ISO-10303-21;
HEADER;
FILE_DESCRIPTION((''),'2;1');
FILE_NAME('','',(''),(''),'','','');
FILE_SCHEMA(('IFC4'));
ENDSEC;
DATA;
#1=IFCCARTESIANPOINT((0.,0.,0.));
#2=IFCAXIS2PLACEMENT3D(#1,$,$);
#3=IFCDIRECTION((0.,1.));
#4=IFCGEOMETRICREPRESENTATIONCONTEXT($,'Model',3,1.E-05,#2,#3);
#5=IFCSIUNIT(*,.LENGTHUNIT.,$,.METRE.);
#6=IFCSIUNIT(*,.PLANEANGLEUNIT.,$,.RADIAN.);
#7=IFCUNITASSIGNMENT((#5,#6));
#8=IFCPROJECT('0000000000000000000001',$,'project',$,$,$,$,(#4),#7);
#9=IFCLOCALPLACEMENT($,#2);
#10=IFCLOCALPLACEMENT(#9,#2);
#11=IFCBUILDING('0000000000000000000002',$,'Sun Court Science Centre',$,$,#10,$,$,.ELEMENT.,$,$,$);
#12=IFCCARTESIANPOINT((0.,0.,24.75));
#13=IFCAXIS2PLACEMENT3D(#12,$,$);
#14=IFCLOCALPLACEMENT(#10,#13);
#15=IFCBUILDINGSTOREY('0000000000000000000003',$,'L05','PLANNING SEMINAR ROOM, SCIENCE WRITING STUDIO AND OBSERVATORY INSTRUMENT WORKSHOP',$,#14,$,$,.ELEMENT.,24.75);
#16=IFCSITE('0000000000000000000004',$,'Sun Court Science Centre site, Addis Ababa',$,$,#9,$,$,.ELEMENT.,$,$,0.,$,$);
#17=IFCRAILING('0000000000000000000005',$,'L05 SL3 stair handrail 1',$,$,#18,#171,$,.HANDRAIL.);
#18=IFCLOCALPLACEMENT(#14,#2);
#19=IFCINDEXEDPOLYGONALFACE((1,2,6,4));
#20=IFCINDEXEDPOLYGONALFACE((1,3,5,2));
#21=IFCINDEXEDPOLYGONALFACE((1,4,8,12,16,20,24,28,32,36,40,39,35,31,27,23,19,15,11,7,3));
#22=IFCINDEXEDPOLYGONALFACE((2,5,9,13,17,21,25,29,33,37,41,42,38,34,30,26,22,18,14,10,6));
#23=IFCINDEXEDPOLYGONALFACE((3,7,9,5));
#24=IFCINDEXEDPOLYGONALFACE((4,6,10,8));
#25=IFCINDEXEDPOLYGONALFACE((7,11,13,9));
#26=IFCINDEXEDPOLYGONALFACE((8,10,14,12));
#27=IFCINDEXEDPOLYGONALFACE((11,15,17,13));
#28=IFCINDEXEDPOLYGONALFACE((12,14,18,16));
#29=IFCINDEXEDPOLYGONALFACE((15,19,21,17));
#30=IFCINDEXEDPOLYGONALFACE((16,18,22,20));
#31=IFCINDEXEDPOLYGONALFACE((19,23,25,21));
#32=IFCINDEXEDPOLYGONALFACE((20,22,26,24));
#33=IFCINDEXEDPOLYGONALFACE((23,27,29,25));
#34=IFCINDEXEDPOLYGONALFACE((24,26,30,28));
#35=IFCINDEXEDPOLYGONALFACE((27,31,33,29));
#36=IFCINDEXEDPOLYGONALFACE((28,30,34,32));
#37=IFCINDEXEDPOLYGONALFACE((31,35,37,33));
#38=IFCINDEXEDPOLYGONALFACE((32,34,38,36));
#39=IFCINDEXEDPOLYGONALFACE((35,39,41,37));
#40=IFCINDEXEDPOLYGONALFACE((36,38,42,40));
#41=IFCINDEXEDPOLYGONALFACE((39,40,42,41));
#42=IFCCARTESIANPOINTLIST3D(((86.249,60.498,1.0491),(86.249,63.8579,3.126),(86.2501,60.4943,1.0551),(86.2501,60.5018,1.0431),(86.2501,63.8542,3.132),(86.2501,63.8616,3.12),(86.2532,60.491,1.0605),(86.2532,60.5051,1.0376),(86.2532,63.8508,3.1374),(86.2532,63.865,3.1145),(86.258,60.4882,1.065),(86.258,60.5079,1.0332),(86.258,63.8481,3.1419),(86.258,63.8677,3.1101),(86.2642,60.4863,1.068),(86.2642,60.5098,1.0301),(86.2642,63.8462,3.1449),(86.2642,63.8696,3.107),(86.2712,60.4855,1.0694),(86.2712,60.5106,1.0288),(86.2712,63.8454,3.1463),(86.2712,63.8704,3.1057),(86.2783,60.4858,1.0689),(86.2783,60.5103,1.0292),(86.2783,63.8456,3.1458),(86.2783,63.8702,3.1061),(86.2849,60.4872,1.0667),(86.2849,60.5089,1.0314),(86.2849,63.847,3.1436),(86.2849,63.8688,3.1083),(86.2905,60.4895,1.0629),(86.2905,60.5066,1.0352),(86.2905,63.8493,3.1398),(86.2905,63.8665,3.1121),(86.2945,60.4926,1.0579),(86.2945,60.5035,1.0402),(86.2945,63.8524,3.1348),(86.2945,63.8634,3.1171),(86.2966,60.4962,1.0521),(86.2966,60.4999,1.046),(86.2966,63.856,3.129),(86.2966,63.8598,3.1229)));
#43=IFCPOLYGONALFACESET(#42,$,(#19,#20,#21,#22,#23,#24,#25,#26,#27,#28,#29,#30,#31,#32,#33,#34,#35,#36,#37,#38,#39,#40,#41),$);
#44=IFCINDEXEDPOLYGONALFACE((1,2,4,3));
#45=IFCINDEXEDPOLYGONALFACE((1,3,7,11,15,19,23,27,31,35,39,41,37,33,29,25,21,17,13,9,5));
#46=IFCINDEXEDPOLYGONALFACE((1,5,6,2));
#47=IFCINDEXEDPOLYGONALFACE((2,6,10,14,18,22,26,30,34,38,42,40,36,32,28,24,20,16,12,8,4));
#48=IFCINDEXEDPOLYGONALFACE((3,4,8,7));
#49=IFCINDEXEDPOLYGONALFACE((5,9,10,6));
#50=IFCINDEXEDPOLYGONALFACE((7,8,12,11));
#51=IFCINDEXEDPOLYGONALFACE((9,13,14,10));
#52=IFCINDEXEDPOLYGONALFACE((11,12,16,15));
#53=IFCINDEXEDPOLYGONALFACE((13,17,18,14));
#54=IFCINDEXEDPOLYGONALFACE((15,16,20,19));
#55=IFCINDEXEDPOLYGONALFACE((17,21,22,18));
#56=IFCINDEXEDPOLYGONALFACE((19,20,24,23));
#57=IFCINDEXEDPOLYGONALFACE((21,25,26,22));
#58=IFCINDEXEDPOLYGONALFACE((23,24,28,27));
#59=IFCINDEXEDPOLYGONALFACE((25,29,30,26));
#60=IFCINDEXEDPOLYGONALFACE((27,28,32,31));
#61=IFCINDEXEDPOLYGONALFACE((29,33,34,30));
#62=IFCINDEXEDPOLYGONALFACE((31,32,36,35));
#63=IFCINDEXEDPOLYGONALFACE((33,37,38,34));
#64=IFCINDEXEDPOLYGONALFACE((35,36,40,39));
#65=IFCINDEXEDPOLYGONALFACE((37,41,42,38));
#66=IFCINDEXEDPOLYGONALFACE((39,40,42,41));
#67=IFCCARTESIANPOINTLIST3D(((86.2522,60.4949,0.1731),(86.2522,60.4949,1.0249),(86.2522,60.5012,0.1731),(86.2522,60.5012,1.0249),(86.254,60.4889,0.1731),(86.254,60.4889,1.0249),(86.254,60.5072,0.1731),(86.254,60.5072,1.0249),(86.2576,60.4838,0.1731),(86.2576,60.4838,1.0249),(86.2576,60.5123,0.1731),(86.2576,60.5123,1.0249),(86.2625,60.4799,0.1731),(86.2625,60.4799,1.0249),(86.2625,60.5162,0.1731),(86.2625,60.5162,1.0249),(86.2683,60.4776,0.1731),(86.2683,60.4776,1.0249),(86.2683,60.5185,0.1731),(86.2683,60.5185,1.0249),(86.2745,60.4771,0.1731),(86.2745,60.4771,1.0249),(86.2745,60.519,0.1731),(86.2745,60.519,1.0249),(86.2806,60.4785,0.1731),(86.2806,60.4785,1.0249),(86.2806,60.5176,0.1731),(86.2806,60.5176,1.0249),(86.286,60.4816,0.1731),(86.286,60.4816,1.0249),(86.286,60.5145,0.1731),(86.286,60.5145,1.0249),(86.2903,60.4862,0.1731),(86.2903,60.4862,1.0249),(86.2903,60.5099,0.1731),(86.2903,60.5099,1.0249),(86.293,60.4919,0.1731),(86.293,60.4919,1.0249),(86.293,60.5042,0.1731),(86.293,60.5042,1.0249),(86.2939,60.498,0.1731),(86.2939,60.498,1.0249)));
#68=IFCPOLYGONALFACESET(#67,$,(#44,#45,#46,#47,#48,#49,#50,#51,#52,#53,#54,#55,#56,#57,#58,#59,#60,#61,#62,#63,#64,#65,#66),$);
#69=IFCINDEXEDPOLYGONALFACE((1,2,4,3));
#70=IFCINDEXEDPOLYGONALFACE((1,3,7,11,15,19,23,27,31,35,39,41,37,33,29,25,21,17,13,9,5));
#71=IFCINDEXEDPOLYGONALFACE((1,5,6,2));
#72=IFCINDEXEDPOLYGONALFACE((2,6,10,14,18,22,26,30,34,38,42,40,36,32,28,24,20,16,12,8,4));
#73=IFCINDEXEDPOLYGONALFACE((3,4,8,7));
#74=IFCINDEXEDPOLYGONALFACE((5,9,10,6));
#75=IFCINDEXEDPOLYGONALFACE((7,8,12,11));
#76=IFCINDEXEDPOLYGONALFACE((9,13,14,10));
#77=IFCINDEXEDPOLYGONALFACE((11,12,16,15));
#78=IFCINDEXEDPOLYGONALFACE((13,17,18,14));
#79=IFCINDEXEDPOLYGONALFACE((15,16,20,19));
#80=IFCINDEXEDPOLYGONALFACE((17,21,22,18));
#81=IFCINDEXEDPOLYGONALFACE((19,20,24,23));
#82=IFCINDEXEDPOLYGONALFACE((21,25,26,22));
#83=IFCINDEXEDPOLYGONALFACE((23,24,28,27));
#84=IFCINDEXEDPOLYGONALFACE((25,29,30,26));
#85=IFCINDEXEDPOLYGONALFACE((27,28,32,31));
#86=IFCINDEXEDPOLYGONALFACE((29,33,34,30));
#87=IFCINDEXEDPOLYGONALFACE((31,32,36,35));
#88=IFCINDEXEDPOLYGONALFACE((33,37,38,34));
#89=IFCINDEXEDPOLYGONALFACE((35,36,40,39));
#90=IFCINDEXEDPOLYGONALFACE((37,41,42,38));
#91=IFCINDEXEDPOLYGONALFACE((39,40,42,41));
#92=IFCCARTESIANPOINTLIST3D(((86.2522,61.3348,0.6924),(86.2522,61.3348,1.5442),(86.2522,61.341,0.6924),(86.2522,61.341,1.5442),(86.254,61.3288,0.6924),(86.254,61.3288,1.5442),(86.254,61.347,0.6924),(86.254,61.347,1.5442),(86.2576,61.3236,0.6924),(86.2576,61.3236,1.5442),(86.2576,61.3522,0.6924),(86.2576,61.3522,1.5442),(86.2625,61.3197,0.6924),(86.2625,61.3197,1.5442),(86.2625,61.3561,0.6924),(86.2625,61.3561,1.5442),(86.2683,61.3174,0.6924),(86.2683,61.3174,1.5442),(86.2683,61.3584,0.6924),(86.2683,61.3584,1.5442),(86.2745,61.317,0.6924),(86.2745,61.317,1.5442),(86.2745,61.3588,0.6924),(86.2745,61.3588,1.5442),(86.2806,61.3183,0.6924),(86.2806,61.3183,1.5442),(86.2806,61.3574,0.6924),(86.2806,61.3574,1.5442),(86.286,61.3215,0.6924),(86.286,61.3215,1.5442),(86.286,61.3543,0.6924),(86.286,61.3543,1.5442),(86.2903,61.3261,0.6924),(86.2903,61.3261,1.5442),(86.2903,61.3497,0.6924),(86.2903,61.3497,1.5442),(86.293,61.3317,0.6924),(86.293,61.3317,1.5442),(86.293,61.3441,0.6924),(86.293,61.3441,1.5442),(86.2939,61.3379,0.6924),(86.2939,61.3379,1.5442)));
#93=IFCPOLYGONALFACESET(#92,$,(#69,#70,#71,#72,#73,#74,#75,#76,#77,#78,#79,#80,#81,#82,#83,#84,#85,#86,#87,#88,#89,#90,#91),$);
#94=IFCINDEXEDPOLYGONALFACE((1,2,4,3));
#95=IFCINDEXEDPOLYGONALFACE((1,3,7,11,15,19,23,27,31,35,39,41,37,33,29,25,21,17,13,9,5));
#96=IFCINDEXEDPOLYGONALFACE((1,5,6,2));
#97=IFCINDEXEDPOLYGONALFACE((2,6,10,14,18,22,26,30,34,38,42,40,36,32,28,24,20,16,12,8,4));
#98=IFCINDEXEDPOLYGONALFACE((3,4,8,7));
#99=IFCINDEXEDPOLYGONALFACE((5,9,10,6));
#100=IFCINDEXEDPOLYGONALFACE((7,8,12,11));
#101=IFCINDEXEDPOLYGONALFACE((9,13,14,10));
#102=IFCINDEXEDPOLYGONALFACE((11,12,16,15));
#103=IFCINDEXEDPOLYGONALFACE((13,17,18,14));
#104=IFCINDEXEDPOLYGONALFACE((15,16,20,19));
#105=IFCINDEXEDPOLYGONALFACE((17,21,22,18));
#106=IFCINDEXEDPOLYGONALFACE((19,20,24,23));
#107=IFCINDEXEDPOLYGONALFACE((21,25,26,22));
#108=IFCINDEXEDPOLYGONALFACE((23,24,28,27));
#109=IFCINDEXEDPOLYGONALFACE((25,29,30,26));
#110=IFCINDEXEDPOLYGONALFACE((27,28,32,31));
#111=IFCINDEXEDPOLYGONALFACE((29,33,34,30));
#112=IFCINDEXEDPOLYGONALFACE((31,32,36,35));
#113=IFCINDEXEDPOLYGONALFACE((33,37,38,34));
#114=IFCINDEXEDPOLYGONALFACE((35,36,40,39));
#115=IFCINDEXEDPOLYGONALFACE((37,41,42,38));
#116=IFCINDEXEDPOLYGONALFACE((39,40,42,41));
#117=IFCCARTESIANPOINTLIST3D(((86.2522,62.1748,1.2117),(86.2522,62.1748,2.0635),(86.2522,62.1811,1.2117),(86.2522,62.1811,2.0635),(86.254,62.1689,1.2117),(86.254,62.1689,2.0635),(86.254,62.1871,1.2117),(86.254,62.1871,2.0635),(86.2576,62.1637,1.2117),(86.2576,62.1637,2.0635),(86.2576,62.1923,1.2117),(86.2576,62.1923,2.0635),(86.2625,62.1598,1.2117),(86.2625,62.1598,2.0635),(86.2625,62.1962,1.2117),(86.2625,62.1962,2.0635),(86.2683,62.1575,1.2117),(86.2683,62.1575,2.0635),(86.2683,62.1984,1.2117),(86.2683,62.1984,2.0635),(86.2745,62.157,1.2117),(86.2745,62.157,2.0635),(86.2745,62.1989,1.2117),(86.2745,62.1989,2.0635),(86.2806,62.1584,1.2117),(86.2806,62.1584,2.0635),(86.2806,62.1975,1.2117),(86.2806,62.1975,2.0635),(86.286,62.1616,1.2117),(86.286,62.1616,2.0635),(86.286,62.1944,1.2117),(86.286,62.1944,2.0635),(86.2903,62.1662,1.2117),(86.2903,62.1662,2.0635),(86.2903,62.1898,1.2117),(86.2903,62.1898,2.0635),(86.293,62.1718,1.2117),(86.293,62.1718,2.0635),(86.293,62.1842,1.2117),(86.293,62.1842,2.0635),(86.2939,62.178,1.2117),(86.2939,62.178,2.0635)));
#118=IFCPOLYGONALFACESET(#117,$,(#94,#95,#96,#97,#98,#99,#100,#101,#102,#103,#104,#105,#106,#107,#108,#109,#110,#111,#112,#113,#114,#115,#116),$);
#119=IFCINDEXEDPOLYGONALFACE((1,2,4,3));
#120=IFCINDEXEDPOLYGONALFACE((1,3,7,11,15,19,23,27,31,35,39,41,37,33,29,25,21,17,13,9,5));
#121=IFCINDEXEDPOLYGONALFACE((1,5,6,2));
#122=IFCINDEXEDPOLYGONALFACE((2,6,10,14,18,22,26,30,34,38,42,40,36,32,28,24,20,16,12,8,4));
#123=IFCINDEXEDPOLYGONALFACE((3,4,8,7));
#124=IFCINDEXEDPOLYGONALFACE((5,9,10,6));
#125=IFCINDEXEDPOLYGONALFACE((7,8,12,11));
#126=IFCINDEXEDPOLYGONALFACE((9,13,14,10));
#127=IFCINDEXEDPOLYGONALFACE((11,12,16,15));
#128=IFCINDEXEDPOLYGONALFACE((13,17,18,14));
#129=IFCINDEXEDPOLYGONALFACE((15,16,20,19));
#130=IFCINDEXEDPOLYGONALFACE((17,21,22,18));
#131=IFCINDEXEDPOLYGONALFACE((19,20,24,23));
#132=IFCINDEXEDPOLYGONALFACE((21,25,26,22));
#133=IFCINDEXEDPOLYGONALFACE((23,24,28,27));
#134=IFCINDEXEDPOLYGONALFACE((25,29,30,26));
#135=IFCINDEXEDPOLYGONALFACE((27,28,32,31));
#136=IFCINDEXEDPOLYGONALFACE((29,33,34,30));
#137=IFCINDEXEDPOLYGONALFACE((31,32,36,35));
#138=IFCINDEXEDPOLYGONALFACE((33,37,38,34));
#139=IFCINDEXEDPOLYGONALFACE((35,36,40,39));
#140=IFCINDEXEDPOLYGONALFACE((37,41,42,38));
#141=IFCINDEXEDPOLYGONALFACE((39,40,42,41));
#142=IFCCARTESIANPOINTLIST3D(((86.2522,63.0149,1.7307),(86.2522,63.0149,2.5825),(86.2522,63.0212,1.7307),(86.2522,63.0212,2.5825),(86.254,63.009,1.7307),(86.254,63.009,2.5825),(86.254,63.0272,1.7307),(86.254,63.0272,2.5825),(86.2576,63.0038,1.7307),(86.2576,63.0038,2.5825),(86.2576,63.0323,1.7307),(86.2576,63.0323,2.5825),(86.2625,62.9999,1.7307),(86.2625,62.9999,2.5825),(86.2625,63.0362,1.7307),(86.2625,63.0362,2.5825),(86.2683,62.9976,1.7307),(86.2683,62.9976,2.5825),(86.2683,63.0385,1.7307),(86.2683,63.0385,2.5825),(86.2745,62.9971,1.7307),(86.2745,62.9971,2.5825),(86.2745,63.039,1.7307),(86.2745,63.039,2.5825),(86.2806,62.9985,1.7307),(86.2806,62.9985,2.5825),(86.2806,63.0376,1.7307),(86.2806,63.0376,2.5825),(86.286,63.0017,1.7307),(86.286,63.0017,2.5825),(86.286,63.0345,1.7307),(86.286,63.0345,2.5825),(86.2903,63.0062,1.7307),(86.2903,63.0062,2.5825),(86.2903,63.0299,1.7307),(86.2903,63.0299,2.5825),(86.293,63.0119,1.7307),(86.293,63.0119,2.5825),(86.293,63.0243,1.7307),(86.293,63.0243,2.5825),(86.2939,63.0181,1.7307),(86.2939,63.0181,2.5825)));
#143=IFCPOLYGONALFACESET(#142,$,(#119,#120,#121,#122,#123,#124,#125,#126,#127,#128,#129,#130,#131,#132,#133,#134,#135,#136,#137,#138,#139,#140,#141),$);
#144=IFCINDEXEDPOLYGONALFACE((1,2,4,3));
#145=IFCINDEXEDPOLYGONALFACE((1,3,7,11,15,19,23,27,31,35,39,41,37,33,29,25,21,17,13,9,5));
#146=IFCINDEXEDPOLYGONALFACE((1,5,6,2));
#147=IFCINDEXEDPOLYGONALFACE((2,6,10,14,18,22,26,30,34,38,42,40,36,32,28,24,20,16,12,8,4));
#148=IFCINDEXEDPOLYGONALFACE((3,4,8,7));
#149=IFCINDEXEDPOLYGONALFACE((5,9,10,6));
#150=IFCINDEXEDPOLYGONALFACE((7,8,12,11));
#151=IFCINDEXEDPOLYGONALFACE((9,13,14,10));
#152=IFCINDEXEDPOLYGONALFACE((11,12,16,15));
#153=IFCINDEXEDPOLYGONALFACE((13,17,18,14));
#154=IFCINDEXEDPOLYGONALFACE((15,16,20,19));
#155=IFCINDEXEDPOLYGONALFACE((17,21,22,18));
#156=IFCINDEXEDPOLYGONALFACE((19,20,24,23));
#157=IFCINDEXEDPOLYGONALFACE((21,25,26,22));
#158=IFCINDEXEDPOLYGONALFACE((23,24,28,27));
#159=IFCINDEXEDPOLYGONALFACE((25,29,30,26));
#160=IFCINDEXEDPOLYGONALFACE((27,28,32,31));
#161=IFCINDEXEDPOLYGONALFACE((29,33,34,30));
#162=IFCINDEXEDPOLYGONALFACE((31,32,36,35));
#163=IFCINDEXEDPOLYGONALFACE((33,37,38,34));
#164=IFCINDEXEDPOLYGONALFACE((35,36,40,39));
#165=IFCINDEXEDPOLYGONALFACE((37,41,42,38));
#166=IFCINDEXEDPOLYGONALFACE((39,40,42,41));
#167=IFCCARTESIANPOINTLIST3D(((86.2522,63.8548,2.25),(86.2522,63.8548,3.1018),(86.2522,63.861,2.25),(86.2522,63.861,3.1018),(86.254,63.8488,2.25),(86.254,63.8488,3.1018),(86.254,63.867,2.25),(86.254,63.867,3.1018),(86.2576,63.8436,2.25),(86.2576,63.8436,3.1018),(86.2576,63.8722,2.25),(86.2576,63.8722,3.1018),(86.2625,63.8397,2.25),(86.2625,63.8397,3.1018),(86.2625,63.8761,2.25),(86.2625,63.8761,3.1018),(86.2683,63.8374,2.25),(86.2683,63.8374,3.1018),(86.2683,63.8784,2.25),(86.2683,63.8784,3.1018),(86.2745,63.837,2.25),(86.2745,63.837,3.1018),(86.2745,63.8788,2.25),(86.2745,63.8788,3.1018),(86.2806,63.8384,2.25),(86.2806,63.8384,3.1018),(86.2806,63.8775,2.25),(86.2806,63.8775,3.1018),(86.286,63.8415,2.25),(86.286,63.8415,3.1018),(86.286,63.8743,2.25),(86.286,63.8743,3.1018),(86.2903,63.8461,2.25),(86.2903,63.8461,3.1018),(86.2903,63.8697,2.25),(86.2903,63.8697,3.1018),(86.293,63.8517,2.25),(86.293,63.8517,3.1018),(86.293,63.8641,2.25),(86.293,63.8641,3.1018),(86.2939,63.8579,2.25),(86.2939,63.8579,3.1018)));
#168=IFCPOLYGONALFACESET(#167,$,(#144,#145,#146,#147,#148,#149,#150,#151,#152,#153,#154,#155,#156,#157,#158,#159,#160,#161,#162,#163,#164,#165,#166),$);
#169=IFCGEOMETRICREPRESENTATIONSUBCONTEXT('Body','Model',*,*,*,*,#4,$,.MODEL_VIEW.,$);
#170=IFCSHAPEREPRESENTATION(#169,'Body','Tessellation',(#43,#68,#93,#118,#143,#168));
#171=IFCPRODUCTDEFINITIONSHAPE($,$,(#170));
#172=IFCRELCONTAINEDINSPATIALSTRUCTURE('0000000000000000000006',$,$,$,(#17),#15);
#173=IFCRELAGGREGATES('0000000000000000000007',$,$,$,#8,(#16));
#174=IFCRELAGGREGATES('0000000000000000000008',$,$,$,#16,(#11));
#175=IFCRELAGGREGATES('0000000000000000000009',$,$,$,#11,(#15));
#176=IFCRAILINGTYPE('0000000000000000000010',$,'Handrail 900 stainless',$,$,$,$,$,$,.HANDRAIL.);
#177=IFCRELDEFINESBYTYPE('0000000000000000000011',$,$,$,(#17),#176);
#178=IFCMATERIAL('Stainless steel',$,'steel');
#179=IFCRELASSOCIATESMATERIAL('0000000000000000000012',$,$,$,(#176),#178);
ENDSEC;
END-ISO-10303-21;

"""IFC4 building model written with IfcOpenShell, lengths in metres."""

from ifc_helpers import new_model, si_unit, direction, frame, origin, origin_2d, place, context, subcontext, project, spatial, circle, extrude, material, type_object, element, save


model = new_model("IFC4")

# Units and contexts
model_context = context("Model", 3, precision=1e-05, world=origin(), true_north=direction((0.0, 1.0)))
body_context = subcontext(model_context, "Body", "Model", "MODEL_VIEW")
ifc_project = project(units=[si_unit("LENGTHUNIT", "METRE"), si_unit("PLANEANGLEUNIT", "RADIAN")], contexts=[model_context])

# Site, building, storey
site_placement = place(None, origin())
site = spatial("IfcSite", under=ifc_project, at=site_placement, Name="Sun Court Science Centre site, Addis Ababa", CompositionType="ELEMENT", RefElevation=0.0)
building_placement = place(site_placement, origin())
building = spatial("IfcBuilding", under=site, at=building_placement, Name="Sun Court Science Centre", CompositionType="ELEMENT")
storey_placement = place(building_placement, frame((0.0, 0.0, 24.75)))
storey = spatial("IfcBuildingStorey", under=building, at=storey_placement, Name="L05", Description="PLANNING SEMINAR ROOM, SCIENCE WRITING STUDIO AND OBSERVATORY INSTRUMENT WORKSHOP", CompositionType="ELEMENT", Elevation=24.75)

# Railing
ifc_material_1 = material(Name="Stainless steel", Category="steel")
railing_type_1 = type_object("IfcRailingType", Name="Handrail 900 stainless", PredefinedType="HANDRAIL", material=ifc_material_1)
railing_1_placement = place(storey_placement, frame((86.2729, 60.498, 0.1731)))
element("IfcRailing", 1, at=railing_1_placement, inside=storey, type_object=railing_type_1, Name="L05 SL3 stair handrail 1", PredefinedType="HANDRAIL", context=body_context, shape_type="SweptSolid", body=[
    extrude(circle(Radius=0.0239, at=origin_2d()), frame((0.0, 0.0, 0.876), z_axis=(0.0, 0.850606, 0.525803), x_axis=(-1.0, 0.0, 0.0)), (0.0, 0.0, 1.0), 3.95),
    extrude(circle(Radius=0.021, at=origin_2d()), origin(), (0.0, 0.0, 1.0), 0.8518),
    extrude(circle(Radius=0.021, at=origin_2d()), frame((0.0, 0.8398, 0.5193)), (0.0, 0.0, 1.0), 0.8518),
    extrude(circle(Radius=0.021, at=origin_2d()), frame((0.0, 1.6799, 1.0386)), (0.0, 0.0, 1.0), 0.8518),
    extrude(circle(Radius=0.021, at=origin_2d()), frame((0.0, 2.52, 1.5576)), (0.0, 0.0, 1.0), 0.8518),
    extrude(circle(Radius=0.021, at=origin_2d()), frame((0.0, 3.3599, 2.0769)), (0.0, 0.0, 1.0), 0.8518),
])

save(model, "model.ifc")
